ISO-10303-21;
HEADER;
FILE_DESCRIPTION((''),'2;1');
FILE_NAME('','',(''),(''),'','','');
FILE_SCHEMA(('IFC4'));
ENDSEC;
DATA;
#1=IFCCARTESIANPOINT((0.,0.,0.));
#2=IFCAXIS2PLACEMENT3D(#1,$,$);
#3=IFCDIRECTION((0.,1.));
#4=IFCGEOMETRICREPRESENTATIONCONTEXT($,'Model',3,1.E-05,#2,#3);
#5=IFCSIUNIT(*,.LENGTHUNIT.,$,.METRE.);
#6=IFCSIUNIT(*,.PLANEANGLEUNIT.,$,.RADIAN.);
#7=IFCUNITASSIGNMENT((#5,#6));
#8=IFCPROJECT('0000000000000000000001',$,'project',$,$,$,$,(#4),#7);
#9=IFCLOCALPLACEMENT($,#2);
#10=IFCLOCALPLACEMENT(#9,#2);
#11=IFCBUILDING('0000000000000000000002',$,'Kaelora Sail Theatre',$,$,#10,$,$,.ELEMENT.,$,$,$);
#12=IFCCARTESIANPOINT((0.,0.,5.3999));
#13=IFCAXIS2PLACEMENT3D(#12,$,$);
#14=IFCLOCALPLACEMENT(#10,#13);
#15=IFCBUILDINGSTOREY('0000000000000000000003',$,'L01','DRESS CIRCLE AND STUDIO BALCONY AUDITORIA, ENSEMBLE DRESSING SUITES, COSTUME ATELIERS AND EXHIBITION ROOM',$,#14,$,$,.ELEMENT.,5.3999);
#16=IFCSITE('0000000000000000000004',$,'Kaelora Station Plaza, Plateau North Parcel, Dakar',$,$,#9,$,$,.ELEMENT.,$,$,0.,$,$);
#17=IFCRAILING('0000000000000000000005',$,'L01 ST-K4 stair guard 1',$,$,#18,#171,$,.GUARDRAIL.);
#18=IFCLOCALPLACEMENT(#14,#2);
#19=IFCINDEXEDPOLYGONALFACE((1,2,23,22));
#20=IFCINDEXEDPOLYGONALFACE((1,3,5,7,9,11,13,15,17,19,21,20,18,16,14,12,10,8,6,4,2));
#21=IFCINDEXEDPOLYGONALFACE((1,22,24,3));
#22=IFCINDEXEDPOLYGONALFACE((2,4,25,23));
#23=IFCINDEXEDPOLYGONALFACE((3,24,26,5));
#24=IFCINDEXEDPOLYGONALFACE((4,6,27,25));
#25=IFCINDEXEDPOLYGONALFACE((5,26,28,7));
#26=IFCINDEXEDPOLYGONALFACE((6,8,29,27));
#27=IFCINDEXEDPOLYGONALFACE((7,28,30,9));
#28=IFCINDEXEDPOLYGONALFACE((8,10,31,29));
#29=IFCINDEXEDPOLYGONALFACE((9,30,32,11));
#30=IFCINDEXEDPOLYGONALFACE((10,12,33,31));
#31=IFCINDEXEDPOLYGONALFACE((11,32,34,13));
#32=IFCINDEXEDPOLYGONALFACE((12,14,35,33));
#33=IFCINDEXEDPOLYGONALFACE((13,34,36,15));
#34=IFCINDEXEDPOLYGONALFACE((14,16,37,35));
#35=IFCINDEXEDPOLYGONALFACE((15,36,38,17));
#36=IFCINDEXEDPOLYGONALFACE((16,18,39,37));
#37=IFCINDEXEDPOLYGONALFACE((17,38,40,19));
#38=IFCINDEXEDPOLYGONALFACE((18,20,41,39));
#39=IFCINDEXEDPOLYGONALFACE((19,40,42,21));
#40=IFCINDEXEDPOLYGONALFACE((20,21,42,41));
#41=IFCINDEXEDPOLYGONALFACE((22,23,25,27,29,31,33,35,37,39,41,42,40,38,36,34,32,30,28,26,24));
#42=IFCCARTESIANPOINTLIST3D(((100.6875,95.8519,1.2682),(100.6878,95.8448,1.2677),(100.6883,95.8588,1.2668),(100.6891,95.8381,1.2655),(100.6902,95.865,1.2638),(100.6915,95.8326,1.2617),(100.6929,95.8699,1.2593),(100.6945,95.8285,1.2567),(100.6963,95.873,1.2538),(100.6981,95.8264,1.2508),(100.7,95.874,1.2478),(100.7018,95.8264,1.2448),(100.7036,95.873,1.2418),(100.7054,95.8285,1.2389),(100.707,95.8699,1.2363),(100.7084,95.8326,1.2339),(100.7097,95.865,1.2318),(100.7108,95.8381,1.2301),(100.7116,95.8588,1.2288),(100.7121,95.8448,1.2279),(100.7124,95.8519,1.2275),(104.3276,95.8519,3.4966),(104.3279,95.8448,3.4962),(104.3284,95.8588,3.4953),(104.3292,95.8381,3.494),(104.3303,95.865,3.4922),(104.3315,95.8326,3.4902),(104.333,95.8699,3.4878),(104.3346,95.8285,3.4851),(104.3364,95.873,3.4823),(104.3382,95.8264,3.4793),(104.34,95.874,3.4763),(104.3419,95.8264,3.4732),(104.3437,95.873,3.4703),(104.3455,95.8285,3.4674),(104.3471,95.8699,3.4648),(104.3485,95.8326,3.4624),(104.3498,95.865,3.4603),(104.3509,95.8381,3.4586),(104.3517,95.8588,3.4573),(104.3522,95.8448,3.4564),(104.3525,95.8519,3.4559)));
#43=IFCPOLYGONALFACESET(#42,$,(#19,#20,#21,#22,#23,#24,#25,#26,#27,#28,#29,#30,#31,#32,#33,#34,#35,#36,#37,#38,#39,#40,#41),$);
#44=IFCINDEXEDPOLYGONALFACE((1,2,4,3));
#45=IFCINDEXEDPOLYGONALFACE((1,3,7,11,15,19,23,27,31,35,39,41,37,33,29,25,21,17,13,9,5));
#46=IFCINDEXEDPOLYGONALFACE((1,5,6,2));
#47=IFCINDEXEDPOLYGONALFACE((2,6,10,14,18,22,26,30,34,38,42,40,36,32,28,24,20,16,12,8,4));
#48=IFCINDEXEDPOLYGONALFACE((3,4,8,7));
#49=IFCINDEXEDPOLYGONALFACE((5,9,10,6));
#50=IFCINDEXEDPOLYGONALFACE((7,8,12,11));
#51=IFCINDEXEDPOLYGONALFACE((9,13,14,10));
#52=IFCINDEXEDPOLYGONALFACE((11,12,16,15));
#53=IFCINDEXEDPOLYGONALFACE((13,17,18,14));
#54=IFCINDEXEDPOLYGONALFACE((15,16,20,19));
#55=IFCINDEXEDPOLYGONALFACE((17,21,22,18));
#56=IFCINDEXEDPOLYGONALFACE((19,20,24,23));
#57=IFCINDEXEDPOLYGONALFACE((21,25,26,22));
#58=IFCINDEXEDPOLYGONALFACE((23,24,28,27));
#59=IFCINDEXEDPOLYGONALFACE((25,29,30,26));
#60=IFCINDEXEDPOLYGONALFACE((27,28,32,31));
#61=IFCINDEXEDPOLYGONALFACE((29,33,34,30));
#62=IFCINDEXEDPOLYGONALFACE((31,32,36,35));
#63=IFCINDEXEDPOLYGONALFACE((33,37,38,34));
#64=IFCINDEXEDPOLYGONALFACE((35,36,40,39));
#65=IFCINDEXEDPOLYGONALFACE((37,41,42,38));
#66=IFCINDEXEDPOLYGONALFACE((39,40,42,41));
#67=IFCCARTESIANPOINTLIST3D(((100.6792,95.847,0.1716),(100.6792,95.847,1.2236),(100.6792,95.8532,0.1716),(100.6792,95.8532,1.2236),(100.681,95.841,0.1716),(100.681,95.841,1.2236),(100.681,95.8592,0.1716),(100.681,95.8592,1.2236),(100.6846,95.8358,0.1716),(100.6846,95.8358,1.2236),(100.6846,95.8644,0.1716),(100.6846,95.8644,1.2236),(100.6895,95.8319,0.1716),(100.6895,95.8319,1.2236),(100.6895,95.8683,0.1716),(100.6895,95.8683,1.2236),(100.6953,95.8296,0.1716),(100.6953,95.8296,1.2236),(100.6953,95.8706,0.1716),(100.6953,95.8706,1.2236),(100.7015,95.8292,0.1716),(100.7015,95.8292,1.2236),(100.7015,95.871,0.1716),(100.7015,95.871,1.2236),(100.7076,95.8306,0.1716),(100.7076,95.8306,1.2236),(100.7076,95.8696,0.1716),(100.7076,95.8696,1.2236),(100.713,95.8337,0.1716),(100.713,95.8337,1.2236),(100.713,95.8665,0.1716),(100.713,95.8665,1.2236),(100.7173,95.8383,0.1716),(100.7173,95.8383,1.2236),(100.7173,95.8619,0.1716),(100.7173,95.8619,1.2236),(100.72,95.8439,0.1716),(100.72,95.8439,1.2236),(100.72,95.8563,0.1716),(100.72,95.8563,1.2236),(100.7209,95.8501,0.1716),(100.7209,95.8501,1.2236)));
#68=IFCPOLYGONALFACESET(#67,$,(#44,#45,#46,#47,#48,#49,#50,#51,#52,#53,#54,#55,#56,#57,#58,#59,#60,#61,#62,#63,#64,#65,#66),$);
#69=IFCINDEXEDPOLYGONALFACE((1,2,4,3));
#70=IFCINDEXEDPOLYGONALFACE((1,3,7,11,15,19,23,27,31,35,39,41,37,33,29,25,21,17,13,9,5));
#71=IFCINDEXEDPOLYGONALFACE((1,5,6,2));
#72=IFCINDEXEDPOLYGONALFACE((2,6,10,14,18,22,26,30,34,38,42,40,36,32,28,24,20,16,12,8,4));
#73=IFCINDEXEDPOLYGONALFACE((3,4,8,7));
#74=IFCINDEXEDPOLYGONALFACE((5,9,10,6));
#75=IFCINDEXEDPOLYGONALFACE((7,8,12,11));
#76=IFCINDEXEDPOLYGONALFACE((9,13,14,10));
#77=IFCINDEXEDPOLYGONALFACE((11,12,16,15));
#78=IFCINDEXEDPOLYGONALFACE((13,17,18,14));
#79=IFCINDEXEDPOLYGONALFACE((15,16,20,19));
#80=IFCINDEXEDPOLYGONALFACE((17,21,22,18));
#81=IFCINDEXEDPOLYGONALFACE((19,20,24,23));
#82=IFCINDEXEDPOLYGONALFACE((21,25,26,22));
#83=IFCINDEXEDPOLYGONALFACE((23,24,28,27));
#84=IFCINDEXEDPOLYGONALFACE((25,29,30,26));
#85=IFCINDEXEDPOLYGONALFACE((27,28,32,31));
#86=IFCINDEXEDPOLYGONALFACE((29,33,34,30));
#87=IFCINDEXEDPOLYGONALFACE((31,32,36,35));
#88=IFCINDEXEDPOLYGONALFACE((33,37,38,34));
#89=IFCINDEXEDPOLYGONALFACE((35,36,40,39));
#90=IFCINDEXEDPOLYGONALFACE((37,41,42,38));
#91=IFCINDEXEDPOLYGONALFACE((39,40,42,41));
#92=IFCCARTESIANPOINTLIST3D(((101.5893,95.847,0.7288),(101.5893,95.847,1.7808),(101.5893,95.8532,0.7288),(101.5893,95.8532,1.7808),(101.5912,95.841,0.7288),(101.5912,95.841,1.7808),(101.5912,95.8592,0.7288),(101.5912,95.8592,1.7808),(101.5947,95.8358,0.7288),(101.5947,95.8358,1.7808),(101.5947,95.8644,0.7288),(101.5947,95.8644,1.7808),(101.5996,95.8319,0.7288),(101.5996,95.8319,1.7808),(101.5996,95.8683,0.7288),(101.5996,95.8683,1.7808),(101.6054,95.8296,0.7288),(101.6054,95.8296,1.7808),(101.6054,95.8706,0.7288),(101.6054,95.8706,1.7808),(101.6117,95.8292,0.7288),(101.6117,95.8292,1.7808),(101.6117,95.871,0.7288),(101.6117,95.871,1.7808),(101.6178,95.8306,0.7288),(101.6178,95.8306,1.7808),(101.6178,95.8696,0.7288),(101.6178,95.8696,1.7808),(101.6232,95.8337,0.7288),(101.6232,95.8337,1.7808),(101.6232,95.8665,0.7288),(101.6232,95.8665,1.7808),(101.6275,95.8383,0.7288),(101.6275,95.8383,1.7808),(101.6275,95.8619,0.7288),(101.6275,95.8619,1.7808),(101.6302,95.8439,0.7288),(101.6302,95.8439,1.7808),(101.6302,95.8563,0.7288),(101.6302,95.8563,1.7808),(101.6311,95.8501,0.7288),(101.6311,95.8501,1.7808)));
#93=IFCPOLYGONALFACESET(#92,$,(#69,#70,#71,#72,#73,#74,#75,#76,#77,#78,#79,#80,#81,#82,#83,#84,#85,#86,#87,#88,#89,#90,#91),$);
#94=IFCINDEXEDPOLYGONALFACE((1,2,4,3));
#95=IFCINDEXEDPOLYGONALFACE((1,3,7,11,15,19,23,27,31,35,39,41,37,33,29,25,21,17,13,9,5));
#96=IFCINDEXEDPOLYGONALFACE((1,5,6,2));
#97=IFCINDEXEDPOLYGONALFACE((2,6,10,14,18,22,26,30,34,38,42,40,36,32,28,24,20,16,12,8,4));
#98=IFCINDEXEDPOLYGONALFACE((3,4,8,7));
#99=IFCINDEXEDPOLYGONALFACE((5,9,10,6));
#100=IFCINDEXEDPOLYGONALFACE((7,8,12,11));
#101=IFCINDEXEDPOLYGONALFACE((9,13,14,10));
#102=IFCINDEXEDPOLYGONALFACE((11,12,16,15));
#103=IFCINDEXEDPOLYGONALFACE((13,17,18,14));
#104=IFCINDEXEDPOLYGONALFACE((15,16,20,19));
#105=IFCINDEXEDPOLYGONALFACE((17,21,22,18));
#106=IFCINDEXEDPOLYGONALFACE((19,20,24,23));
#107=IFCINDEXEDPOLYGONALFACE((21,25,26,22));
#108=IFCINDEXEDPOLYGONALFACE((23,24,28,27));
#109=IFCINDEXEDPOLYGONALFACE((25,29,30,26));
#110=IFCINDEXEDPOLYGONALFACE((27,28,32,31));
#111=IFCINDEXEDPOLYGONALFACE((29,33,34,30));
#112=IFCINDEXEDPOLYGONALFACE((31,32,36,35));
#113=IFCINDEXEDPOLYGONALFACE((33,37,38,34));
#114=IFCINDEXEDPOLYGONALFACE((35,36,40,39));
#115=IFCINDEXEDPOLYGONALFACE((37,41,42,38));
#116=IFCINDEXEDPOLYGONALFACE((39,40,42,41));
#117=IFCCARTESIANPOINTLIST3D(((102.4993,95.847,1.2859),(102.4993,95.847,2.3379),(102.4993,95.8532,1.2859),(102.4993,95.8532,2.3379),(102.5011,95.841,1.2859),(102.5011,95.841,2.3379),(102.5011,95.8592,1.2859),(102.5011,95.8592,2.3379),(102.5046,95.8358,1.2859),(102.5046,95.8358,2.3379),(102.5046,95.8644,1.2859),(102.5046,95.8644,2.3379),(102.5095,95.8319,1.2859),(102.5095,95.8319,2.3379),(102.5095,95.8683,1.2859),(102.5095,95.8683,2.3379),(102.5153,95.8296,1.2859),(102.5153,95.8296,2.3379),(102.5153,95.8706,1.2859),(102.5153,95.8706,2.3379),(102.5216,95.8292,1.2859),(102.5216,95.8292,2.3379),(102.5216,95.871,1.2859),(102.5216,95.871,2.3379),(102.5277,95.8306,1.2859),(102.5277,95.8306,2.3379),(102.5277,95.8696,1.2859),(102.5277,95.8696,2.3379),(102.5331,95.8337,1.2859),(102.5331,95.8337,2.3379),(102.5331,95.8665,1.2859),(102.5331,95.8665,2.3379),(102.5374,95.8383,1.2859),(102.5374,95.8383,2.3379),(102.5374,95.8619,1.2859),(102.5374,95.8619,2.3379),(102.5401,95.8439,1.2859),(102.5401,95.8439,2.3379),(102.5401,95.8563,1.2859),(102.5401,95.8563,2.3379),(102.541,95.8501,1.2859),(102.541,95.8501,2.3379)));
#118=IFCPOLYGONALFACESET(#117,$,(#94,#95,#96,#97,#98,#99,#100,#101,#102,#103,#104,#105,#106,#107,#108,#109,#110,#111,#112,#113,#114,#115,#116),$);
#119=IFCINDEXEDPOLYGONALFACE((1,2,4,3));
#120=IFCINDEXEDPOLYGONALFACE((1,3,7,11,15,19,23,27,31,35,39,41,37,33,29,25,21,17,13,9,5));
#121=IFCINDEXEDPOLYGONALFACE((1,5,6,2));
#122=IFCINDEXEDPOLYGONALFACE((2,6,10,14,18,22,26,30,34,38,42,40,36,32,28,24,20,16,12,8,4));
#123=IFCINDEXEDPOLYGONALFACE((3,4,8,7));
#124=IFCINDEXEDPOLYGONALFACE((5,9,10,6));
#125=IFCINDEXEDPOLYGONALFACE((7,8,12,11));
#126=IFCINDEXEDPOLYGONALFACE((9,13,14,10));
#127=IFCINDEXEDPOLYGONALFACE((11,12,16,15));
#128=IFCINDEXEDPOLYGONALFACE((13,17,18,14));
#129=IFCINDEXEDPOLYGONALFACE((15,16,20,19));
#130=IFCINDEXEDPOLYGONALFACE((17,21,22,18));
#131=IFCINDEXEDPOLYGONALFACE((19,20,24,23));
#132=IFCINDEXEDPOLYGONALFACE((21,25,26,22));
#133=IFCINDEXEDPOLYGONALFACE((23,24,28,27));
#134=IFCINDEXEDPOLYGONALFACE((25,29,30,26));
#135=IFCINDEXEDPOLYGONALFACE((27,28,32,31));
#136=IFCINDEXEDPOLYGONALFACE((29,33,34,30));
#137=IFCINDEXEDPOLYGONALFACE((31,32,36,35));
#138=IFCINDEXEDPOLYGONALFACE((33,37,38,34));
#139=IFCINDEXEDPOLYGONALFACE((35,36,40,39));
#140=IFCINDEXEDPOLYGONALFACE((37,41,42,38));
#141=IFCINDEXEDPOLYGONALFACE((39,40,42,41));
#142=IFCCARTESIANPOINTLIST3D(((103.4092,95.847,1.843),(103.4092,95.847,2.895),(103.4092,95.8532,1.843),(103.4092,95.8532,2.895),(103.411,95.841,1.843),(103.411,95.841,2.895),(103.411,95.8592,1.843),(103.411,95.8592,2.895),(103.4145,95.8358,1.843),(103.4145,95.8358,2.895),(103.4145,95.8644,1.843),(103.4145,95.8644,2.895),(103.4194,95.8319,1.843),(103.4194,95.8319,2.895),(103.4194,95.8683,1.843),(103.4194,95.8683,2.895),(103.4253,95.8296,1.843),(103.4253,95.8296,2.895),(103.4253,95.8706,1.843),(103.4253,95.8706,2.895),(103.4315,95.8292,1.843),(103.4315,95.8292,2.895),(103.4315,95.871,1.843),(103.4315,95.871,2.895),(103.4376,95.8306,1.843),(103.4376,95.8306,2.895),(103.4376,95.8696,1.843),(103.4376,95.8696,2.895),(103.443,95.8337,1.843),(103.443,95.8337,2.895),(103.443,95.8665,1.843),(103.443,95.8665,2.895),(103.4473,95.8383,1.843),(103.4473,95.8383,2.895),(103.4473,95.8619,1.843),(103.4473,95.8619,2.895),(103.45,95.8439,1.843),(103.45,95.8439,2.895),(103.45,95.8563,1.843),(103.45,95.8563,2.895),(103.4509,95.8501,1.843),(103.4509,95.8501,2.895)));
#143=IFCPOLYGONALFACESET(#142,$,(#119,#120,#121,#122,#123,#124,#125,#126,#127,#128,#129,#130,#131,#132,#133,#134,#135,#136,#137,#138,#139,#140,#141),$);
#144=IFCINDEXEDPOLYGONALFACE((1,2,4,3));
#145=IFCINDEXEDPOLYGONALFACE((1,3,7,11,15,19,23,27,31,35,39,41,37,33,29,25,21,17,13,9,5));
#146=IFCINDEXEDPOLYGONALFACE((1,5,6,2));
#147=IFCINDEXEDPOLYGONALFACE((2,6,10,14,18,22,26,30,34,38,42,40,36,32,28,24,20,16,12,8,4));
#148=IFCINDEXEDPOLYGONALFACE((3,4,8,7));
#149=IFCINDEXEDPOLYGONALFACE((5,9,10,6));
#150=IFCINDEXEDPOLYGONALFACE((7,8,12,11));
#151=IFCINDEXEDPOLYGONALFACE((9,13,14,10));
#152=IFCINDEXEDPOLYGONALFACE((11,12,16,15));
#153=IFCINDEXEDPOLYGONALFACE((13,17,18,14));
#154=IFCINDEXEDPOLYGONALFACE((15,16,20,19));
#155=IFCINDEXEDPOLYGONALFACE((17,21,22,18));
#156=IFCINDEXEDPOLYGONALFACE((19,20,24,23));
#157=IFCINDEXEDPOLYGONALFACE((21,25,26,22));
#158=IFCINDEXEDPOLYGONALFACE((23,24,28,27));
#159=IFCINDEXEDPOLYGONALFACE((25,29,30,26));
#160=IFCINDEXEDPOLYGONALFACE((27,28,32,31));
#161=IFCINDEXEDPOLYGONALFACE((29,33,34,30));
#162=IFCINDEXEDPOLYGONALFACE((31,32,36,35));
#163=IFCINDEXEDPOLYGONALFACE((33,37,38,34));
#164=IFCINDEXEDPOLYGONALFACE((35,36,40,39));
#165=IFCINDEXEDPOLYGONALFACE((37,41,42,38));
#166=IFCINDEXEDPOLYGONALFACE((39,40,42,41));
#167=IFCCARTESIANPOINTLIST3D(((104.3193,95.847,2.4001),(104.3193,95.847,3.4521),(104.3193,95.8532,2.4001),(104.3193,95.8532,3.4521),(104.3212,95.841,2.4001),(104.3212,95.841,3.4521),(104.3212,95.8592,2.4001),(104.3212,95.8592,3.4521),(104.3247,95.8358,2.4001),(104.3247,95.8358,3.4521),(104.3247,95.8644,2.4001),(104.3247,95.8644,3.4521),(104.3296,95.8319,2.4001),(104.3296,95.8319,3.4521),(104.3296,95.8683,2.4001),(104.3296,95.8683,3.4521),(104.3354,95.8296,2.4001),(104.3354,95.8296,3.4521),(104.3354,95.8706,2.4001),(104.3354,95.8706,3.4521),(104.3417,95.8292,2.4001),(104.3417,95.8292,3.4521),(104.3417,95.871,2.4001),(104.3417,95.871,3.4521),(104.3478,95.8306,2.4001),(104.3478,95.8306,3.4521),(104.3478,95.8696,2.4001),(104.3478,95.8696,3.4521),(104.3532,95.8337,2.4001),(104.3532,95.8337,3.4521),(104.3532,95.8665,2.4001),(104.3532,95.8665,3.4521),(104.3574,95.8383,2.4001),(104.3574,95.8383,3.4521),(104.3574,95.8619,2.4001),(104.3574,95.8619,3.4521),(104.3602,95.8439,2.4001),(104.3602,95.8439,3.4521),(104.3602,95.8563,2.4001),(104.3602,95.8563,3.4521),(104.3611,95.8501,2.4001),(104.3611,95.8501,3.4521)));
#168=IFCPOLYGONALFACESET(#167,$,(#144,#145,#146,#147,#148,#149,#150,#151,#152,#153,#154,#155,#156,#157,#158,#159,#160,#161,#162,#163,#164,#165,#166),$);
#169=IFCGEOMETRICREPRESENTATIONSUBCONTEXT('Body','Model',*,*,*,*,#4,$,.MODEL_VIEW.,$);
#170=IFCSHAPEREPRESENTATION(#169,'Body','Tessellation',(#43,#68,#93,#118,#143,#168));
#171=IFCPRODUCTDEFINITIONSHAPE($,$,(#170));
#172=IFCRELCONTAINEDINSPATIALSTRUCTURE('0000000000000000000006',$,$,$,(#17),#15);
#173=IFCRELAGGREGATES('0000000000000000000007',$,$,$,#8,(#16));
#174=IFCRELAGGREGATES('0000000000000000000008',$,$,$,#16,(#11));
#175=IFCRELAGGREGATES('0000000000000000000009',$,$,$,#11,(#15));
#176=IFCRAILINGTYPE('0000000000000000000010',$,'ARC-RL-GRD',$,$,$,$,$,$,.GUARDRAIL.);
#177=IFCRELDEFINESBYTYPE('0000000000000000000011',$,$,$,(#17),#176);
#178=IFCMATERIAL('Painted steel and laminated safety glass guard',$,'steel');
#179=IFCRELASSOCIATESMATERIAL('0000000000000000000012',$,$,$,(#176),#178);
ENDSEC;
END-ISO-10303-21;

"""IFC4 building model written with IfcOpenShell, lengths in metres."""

from ifc_helpers import new_model, si_unit, direction, frame, origin, origin_2d, place, context, subcontext, project, spatial, circle, extrude, material, type_object, element, save


model = new_model("IFC4")

# Units and contexts
model_context = context("Model", 3, precision=1e-05, world=origin(), true_north=direction((0.0, 1.0)))
body_context = subcontext(model_context, "Body", "Model", "MODEL_VIEW")
ifc_project = project(units=[si_unit("LENGTHUNIT", "METRE"), si_unit("PLANEANGLEUNIT", "RADIAN")], contexts=[model_context])

# Site, building, storey
site_placement = place(None, origin())
site = spatial("IfcSite", under=ifc_project, at=site_placement, Name="Kaelora Station Plaza, Plateau North Parcel, Dakar", CompositionType="ELEMENT", RefElevation=0.0)
building_placement = place(site_placement, origin())
building = spatial("IfcBuilding", under=site, at=building_placement, Name="Kaelora Sail Theatre", CompositionType="ELEMENT")
storey_placement = place(building_placement, frame((0.0, 0.0, 5.3999)))
storey = spatial("IfcBuildingStorey", under=building, at=storey_placement, Name="L01", Description="DRESS CIRCLE AND STUDIO BALCONY AUDITORIA, ENSEMBLE DRESSING SUITES, COSTUME ATELIERS AND EXHIBITION ROOM", CompositionType="ELEMENT", Elevation=5.3999)

# Railing
ifc_material_1 = material(Name="Painted steel and laminated safety glass guard", Category="steel")
railing_type_1 = type_object("IfcRailingType", Name="ARC-RL-GRD", PredefinedType="GUARDRAIL", material=ifc_material_1)
railing_1_placement = place(storey_placement, frame((100.7, 95.8501, 0.1716)))
element("IfcRailing", 1, at=railing_1_placement, inside=storey, type_object=railing_type_1, Name="L01 ST-K4 stair guard 1", PredefinedType="GUARDRAIL", context=body_context, shape_type="SweptSolid", body=[
    extrude(circle(Radius=0.0239, at=origin_2d()), frame((0.0, 0.0, 1.0762), z_axis=(0.852866, 0.0, 0.52213), x_axis=(0.0, 1.0, 0.0)), (0.0, 0.0, 1.0), 4.2681),
    extrude(circle(Radius=0.021, at=origin_2d()), origin(), (0.0, 0.0, 1.0), 1.052),
    extrude(circle(Radius=0.021, at=origin_2d()), frame((0.9102, 0.0, 0.5571)), (0.0, 0.0, 1.0), 1.052),
    extrude(circle(Radius=0.021, at=origin_2d()), frame((1.8201, 0.0, 1.1143)), (0.0, 0.0, 1.0), 1.052),
    extrude(circle(Radius=0.021, at=origin_2d()), frame((2.73, 0.0, 1.6714)), (0.0, 0.0, 1.0), 1.052),
    extrude(circle(Radius=0.021, at=origin_2d()), frame((3.6401, 0.0, 2.2285)), (0.0, 0.0, 1.0), 1.052),
])

save(model, "model.ifc")
